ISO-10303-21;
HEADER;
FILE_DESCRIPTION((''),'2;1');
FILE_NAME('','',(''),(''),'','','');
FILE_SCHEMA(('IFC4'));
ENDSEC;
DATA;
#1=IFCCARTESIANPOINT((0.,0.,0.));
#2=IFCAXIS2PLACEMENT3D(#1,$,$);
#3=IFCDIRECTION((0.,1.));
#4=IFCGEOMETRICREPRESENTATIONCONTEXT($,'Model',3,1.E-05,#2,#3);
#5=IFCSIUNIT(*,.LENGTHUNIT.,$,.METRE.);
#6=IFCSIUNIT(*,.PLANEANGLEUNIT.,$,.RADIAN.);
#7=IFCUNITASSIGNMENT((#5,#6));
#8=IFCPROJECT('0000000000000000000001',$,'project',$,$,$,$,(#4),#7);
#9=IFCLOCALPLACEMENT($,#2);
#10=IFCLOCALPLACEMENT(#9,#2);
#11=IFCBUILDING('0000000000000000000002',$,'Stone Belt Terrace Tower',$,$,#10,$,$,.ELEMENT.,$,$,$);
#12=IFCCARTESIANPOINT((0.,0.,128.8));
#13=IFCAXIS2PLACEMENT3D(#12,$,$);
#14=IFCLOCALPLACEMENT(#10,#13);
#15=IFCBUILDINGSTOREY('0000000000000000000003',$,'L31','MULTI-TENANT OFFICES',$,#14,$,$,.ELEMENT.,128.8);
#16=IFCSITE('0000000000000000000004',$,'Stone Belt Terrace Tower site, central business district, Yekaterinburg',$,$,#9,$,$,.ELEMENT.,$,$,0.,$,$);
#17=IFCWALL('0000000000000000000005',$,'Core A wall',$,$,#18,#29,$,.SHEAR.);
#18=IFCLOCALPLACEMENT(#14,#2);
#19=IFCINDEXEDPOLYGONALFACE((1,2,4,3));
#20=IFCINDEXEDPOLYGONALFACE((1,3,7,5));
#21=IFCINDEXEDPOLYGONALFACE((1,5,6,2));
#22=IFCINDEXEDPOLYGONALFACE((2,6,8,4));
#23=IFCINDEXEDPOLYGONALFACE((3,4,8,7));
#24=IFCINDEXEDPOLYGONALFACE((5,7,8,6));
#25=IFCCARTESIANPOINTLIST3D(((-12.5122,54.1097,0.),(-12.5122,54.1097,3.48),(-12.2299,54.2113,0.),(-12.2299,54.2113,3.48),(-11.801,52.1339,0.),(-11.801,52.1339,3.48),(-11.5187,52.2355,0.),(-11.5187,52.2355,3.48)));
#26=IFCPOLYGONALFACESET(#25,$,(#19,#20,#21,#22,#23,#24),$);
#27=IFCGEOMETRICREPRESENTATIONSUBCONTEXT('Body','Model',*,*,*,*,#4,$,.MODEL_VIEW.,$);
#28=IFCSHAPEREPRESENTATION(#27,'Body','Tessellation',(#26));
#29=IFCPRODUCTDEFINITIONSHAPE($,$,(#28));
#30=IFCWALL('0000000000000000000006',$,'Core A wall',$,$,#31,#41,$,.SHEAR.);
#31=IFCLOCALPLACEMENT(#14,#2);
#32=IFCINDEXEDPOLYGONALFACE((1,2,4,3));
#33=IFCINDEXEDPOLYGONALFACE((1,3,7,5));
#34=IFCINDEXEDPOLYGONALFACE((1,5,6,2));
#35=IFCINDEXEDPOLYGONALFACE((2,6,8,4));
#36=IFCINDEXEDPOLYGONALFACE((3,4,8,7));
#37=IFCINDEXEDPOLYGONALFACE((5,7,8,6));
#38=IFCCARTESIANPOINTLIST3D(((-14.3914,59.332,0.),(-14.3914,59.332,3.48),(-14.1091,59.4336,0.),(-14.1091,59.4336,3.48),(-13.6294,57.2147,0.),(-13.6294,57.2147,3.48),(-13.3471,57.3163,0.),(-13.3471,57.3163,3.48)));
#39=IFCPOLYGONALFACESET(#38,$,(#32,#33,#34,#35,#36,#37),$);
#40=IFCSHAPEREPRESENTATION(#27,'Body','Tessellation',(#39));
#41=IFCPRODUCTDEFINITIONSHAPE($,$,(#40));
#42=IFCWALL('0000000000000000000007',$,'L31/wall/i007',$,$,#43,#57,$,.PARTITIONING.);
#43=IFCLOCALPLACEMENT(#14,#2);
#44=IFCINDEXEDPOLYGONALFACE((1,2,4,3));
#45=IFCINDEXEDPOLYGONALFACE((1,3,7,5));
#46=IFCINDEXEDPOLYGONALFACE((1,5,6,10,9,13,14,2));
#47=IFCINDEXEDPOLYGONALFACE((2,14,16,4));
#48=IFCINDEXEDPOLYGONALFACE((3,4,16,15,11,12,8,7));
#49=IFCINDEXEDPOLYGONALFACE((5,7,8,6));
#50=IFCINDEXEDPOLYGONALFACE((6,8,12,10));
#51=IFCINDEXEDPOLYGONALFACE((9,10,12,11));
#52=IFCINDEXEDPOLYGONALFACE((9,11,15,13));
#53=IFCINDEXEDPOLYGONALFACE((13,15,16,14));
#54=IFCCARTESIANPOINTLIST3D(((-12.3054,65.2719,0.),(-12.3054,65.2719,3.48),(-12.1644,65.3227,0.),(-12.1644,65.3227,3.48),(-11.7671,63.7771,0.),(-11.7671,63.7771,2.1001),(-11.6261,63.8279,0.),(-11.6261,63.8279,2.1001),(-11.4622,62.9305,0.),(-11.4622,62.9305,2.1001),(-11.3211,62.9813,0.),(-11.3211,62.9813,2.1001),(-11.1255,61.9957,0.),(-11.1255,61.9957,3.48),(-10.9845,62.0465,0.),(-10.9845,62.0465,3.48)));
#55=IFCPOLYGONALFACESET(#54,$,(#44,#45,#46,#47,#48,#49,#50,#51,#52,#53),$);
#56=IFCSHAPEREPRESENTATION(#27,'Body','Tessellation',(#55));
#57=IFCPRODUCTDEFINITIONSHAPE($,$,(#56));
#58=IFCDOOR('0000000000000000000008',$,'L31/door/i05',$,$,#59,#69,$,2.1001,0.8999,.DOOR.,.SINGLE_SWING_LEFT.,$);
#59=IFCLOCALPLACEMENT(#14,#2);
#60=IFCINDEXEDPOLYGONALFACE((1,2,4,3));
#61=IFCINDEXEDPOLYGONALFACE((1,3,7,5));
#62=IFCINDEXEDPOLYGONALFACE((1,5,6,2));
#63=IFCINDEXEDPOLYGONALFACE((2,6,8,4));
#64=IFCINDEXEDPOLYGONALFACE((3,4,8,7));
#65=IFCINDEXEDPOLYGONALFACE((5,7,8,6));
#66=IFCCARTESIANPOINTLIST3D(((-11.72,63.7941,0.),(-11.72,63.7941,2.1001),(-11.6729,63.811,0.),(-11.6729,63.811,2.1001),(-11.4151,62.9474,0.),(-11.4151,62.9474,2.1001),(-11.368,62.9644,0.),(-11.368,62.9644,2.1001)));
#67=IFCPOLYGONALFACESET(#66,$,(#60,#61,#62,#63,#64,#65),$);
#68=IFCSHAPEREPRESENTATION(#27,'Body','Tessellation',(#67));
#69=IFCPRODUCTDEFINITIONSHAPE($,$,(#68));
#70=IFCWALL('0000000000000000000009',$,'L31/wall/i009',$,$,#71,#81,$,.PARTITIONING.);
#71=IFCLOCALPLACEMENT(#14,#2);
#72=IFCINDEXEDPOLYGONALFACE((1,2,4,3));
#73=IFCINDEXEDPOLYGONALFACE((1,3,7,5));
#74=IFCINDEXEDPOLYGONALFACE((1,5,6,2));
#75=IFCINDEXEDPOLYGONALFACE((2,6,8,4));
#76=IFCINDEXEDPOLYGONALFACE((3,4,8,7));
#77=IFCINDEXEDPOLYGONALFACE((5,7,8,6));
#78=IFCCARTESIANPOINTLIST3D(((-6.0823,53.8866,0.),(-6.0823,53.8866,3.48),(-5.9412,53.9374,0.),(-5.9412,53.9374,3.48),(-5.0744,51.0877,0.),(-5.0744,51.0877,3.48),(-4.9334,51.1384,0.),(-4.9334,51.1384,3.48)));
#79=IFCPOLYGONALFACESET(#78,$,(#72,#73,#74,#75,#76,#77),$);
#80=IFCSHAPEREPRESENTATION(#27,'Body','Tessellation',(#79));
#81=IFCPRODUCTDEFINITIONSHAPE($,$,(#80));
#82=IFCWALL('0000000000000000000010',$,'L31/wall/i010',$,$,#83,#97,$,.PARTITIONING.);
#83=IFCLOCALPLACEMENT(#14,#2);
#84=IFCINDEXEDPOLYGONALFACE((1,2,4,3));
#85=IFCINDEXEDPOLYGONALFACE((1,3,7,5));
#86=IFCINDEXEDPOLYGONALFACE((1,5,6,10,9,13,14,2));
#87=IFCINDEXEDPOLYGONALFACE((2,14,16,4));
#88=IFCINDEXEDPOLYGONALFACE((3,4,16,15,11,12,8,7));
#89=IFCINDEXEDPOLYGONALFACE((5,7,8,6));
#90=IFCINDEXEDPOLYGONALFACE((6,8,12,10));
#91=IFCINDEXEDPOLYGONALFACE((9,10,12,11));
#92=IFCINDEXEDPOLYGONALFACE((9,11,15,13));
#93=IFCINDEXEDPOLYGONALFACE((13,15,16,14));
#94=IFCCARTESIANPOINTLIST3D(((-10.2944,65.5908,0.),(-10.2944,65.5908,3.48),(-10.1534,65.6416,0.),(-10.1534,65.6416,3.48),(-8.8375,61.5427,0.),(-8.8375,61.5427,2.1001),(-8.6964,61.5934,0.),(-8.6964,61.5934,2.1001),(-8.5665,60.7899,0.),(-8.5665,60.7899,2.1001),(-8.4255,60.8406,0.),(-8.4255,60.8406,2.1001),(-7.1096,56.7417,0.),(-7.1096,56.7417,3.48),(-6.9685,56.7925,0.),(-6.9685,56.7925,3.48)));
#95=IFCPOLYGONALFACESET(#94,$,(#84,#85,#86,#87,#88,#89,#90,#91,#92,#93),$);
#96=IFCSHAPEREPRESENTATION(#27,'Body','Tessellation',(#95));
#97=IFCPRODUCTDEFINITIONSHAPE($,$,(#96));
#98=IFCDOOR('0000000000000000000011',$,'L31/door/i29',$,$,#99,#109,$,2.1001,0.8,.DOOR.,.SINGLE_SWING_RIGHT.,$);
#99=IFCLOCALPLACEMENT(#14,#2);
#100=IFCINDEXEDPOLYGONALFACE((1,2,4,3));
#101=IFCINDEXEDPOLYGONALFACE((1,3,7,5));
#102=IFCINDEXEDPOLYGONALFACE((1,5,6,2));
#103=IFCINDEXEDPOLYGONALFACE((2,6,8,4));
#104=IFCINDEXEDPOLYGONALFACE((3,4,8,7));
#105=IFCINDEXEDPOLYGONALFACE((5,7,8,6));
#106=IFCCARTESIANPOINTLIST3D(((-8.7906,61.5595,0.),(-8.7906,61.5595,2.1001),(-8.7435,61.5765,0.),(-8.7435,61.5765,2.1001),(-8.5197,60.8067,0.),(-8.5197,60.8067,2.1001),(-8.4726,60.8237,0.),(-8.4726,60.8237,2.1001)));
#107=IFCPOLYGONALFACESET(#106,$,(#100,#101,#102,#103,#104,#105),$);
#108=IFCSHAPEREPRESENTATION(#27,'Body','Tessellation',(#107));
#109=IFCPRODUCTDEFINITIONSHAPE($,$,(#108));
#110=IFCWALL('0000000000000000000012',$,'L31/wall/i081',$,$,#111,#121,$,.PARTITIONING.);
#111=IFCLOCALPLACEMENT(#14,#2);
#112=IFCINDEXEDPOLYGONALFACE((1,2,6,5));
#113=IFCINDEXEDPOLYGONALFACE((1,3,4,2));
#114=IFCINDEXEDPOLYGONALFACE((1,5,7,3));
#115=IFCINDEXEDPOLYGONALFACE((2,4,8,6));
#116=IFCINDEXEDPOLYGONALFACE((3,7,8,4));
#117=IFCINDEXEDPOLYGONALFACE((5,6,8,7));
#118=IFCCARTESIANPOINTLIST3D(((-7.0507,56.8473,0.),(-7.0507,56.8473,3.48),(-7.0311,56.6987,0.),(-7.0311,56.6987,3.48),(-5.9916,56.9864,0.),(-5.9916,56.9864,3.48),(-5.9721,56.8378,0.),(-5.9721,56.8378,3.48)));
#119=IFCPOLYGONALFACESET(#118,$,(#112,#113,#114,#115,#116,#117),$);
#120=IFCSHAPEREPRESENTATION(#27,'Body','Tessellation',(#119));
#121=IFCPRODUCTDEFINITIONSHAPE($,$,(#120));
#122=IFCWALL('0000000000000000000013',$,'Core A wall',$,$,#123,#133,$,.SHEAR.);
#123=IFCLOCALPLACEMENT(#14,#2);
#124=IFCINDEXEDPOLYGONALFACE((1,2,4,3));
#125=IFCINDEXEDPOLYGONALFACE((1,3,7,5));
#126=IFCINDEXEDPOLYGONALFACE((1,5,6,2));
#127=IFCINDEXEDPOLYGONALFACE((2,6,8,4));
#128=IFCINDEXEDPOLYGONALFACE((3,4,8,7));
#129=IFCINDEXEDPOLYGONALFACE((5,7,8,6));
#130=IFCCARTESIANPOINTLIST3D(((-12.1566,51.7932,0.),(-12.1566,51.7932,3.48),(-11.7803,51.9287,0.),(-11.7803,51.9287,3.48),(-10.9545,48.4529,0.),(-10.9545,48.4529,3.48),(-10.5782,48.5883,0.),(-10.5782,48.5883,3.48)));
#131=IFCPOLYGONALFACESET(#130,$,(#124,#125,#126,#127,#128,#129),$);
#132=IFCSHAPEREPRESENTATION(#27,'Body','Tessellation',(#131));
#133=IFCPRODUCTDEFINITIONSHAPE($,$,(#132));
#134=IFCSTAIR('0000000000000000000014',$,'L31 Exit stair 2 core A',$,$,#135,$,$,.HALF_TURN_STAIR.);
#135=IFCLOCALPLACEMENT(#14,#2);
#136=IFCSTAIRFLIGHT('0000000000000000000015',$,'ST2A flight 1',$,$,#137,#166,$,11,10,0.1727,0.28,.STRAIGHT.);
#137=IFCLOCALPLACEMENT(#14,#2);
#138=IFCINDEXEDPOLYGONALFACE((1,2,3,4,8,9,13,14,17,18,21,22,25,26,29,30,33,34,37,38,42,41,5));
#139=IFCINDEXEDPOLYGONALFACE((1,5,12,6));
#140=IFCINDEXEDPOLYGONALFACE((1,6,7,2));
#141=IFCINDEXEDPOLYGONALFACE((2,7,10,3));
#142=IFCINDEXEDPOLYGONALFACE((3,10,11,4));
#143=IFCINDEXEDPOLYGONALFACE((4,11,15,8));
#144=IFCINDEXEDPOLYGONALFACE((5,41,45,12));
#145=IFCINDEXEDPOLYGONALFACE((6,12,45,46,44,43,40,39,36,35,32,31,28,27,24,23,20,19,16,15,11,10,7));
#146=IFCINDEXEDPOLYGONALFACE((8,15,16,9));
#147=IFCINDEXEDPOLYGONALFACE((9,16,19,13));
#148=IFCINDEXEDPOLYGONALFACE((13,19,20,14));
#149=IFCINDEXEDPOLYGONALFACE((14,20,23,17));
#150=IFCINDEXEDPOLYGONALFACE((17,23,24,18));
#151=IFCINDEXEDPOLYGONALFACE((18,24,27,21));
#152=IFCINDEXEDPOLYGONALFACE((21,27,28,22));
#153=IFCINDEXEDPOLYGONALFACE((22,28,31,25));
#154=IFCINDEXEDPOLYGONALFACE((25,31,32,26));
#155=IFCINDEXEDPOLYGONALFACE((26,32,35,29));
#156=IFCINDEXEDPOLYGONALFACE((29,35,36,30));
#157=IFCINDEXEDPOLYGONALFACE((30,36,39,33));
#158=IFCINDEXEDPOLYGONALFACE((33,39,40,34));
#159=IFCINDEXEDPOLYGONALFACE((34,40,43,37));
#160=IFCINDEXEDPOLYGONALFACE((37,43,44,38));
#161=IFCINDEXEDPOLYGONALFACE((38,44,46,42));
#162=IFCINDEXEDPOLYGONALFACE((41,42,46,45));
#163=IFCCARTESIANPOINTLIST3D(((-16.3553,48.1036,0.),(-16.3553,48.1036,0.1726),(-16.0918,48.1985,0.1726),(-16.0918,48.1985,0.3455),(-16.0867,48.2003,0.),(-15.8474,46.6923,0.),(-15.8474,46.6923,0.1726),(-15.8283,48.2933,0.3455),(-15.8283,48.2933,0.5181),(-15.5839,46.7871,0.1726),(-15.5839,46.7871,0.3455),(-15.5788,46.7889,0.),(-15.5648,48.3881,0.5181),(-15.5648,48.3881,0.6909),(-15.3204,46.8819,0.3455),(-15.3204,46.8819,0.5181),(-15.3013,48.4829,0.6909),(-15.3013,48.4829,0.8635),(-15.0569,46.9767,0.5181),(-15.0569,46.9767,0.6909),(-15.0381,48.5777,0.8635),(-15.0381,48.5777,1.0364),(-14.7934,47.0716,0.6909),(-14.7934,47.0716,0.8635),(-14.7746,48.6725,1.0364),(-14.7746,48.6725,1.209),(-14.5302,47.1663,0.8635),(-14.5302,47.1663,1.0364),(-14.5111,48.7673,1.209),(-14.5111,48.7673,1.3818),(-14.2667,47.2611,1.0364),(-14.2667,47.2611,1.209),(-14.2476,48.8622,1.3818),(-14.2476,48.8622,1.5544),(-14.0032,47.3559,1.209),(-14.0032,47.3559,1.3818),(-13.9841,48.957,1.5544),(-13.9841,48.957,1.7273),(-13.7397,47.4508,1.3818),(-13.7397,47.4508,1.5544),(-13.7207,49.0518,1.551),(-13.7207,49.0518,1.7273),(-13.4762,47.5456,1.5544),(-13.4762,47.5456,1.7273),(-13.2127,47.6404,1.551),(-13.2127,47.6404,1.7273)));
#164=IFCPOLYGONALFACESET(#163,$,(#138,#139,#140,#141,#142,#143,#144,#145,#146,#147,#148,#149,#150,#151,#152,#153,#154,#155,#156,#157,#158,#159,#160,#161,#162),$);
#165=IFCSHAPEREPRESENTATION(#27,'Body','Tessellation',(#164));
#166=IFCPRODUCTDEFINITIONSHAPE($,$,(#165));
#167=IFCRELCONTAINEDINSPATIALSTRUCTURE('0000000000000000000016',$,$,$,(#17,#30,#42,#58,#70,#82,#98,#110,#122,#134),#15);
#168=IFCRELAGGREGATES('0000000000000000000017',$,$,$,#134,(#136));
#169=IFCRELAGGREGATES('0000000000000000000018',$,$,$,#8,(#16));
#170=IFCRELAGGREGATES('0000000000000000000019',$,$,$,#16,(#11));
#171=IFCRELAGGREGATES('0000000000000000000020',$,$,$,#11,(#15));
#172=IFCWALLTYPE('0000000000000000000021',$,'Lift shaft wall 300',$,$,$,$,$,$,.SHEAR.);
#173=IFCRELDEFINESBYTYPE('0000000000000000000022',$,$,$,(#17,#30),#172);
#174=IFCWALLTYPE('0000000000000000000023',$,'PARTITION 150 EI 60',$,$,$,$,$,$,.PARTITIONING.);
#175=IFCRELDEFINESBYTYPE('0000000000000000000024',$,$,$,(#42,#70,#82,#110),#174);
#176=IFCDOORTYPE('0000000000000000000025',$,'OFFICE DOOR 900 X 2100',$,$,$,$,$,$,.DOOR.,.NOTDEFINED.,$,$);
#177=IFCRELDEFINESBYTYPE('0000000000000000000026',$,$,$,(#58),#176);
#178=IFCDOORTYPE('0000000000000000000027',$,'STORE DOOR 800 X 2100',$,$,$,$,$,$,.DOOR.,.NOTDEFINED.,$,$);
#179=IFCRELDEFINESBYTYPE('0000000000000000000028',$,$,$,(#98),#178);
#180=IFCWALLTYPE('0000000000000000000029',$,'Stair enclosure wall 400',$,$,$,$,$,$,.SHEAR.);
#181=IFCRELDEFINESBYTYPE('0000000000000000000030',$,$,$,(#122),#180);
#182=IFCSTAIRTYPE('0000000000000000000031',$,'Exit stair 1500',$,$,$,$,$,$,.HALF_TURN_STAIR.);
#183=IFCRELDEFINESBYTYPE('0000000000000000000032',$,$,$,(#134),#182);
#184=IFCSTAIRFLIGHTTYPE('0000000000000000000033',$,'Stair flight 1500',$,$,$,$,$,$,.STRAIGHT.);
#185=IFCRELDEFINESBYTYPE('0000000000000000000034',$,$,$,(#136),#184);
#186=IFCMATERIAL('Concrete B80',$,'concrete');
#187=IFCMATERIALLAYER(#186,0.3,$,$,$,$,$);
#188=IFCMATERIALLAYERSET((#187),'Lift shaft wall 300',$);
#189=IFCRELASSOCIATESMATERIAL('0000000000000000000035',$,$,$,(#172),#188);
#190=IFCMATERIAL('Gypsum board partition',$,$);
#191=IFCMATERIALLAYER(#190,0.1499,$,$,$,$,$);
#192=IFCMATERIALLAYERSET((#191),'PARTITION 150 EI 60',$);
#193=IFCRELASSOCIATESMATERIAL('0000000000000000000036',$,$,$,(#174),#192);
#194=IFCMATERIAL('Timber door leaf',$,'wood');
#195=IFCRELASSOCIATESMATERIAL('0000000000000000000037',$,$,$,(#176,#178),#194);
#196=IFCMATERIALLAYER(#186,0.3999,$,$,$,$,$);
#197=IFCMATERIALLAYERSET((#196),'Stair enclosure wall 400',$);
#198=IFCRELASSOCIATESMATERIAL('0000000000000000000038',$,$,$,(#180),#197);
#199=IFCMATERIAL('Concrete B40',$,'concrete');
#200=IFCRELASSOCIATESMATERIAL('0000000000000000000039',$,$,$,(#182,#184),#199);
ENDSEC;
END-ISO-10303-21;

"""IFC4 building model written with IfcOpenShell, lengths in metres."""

from ifc_helpers import new_model, si_unit, direction, frame, frame_2d, origin, place, context, subcontext, project, spatial, polyline, rectangle, outline, extrude, material, layer, layer_set, type_object, element, fill, aggregate, save


model = new_model("IFC4")

# Units and contexts
model_context = context("Model", 3, precision=1e-05, world=origin(), true_north=direction((0.0, 1.0)))
body_context = subcontext(model_context, "Body", "Model", "MODEL_VIEW")
ifc_project = project(units=[si_unit("LENGTHUNIT", "METRE"), si_unit("PLANEANGLEUNIT", "RADIAN")], contexts=[model_context])

# Site, building, storey
site_placement = place(None, origin())
site = spatial("IfcSite", under=ifc_project, at=site_placement, Name="Stone Belt Terrace Tower site, central business district, Yekaterinburg", CompositionType="ELEMENT", RefElevation=0.0)
building_placement = place(site_placement, origin())
building = spatial("IfcBuilding", under=site, at=building_placement, Name="Stone Belt Terrace Tower", CompositionType="ELEMENT")
storey_placement = place(building_placement, frame((0.0, 0.0, 128.8)))
storey = spatial("IfcBuildingStorey", under=building, at=storey_placement, Name="L31", Description="MULTI-TENANT OFFICES", CompositionType="ELEMENT", Elevation=128.8)

# Shared definitions
ifc_material_1 = material(Name="Concrete B80", Category="concrete")

# Shared definitions
ifc_material_2 = material(Name="Timber door leaf", Category="wood")

# Walls
ifc_layer_1 = layer(ifc_material_1, 0.3)
ifc_layer_set_1 = layer_set([ifc_layer_1], Name="Lift shaft wall 300")
wall_type_1 = type_object("IfcWallType", Name="Lift shaft wall 300", PredefinedType="SHEAR", material=ifc_layer_set_1)
wall_1_placement = place(storey_placement, frame((-11.6599, 52.1848, 0.0), z_axis=(0.0, 0.0, 1.0), x_axis=(-0.33867, 0.940905, 0.0)))
element("IfcWall", 1, at=wall_1_placement, inside=storey, type_object=wall_type_1, Name="Core A wall", PredefinedType="SHEAR", context=body_context, shape_type="SweptSolid", body=[
    extrude(rectangle(XDim=2.0999, YDim=0.3, at=frame_2d((1.0498, 0.0))), origin(), (0.0, 0.0, 1.0), 3.48),
])
wall_2_placement = place(storey_placement, frame((-13.4883, 57.2656, 0.0), z_axis=(0.0, 0.0, 1.0), x_axis=(-0.338631, 0.940919, 0.0)))
element("IfcWall", 2, at=wall_2_placement, inside=storey, type_object=wall_type_1, Name="Core A wall", PredefinedType="SHEAR", context=body_context, shape_type="SweptSolid", body=[
    extrude(rectangle(XDim=2.2502, YDim=0.3, at=frame_2d((1.125, 0.0))), origin(), (0.0, 0.0, 1.0), 3.48),
])

# Wall, opening, door
ifc_material_3 = material(Name="Gypsum board partition")
ifc_layer_2 = layer(ifc_material_3, 0.1499)
ifc_layer_set_2 = layer_set([ifc_layer_2], Name="PARTITION 150 EI 60")
wall_type_2 = type_object("IfcWallType", Name="PARTITION 150 EI 60", PredefinedType="PARTITIONING", material=ifc_layer_set_2)
wall_3_placement = place(storey_placement, frame((-11.0549, 62.021, 0.0), z_axis=(0.0, 0.0, 1.0), x_axis=(-0.338854, 0.940839, 0.0)))
wall_3 = element("IfcWall", 3, at=wall_3_placement, inside=storey, type_object=wall_type_2, Name="L31/wall/i007", PredefinedType="PARTITIONING", context=body_context, shape_type="SweptSolid", body=[
    extrude(rectangle(XDim=3.4822, YDim=0.1499, at=frame_2d((1.7412, 0.0))), origin(), (0.0, 0.0, 1.0), 3.48),
])
opening_1_placement = place(wall_3_placement, frame((0.9937, 0.0, 0.0)))
opening_1 = element("IfcOpeningElement", 4, at=opening_1_placement, cuts=wall_3, PredefinedType="OPENING", context=body_context, shape_type="SweptSolid", body=[
    extrude(rectangle(XDim=0.8999, YDim=2.1001, at=frame_2d((0.45, 1.05))), frame((0.0, 0.085, 0.0), z_axis=(0.0, -1.0, 0.0), x_axis=(1.0, 0.0, 0.0)), (0.0, 0.0, 1.0), 0.1699),
])
door_type_1 = type_object("IfcDoorType", Name="OFFICE DOOR 900 X 2100", OperationType="NOTDEFINED", PredefinedType="DOOR", material=ifc_material_2)
door_1_placement = place(opening_1_placement, origin())
door_1 = element("IfcDoor", 5, at=door_1_placement, inside=storey, type_object=door_type_1, Name="L31/door/i05", OperationType="SINGLE_SWING_LEFT", OverallHeight=2.1001, OverallWidth=0.8999, PredefinedType="DOOR", context=body_context, shape_type="SweptSolid", body=[
    extrude(rectangle(XDim=0.8999, YDim=2.1001, at=frame_2d((0.45, 1.05))), frame((0.0, 0.0249, 0.0), z_axis=(0.0, -1.0, 0.0), x_axis=(1.0, 0.0, 0.0)), (0.0, 0.0, 1.0), 0.05),
])
fill(opening_1, door_1)

# Wall
wall_4_placement = place(storey_placement, frame((-6.0117, 53.9119, 0.0), z_axis=(0.0, 0.0, 1.0), x_axis=(0.338789, -0.940862, 0.0)))
element("IfcWall", 6, at=wall_4_placement, inside=storey, type_object=wall_type_2, Name="L31/wall/i009", PredefinedType="PARTITIONING", context=body_context, shape_type="SweptSolid", body=[
    extrude(rectangle(XDim=2.9749, YDim=0.1499, at=frame_2d((1.4873, 0.0))), origin(), (0.0, 0.0, 1.0), 3.48),
])

# Wall, opening, door
wall_5_placement = place(storey_placement, frame((-10.2239, 65.6162, 0.0), z_axis=(0.0, 0.0, 1.0), x_axis=(0.338638, -0.940917, 0.0)))
wall_5 = element("IfcWall", 7, at=wall_5_placement, inside=storey, type_object=wall_type_2, Name="L31/wall/i010", PredefinedType="PARTITIONING", context=body_context, shape_type="SweptSolid", body=[
    extrude(rectangle(XDim=9.4048, YDim=0.1499, at=frame_2d((4.7024, 0.0))), origin(), (0.0, 0.0, 1.0), 3.48),
])
opening_2_placement = place(wall_5_placement, frame((4.3025, 0.0, 0.0)))
opening_2 = element("IfcOpeningElement", 8, at=opening_2_placement, cuts=wall_5, PredefinedType="OPENING", context=body_context, shape_type="SweptSolid", body=[
    extrude(rectangle(XDim=0.8, YDim=2.1001, at=frame_2d((0.3999, 1.05))), frame((0.0, 0.085, 0.0), z_axis=(0.0, -1.0, 0.0), x_axis=(1.0, 0.0, 0.0)), (0.0, 0.0, 1.0), 0.1699),
])
door_type_2 = type_object("IfcDoorType", Name="STORE DOOR 800 X 2100", OperationType="NOTDEFINED", PredefinedType="DOOR", material=ifc_material_2)
door_2_placement = place(opening_2_placement, origin())
door_2 = element("IfcDoor", 9, at=door_2_placement, inside=storey, type_object=door_type_2, Name="L31/door/i29", OperationType="SINGLE_SWING_RIGHT", OverallHeight=2.1001, OverallWidth=0.8, PredefinedType="DOOR", context=body_context, shape_type="SweptSolid", body=[
    extrude(rectangle(XDim=0.8, YDim=2.1001, at=frame_2d((0.3999, 1.05))), frame((0.0, 0.0249, 0.0), z_axis=(0.0, -1.0, 0.0), x_axis=(1.0, 0.0, 0.0)), (0.0, 0.0, 1.0), 0.05),
])
fill(opening_2, door_2)

# Walls
wall_6_placement = place(storey_placement, frame((-7.041, 56.7729, 0.0), z_axis=(0.0, 0.0, 1.0), x_axis=(0.991478, 0.130277, 0.0)))
element("IfcWall", 10, at=wall_6_placement, inside=storey, type_object=wall_type_2, Name="L31/wall/i081", PredefinedType="PARTITIONING", context=body_context, shape_type="SweptSolid", body=[
    extrude(rectangle(XDim=1.0681, YDim=0.1499, at=frame_2d((0.5342, 0.0))), origin(), (0.0, 0.0, 1.0), 3.48),
])
ifc_layer_3 = layer(ifc_material_1, 0.3999)
ifc_layer_set_3 = layer_set([ifc_layer_3], Name="Stair enclosure wall 400")
wall_type_3 = type_object("IfcWallType", Name="Stair enclosure wall 400", PredefinedType="SHEAR", material=ifc_layer_set_3)
wall_7_placement = place(storey_placement, frame((-10.7664, 48.5208, 0.0), z_axis=(0.0, 0.0, 1.0), x_axis=(-0.338627, 0.940921, 0.0)))
element("IfcWall", 11, at=wall_7_placement, inside=storey, type_object=wall_type_3, Name="Core A wall", PredefinedType="SHEAR", context=body_context, shape_type="SweptSolid", body=[
    extrude(rectangle(XDim=3.55, YDim=0.3999, at=frame_2d((1.7749, 0.0))), origin(), (0.0, 0.0, 1.0), 3.48),
])

# Stair, stair flight
ifc_material_4 = material(Name="Concrete B40", Category="concrete")
stair_type = type_object("IfcStairType", Name="Exit stair 1500", PredefinedType="HALF_TURN_STAIR", material=ifc_material_4)
stair_placement = place(storey_placement, origin())
stair = element("IfcStair", 12, at=stair_placement, inside=storey, type_object=stair_type, Name="L31 Exit stair 2 core A", PredefinedType="HALF_TURN_STAIR")
stair_flight_type = type_object("IfcStairFlightType", Name="Stair flight 1500", PredefinedType="STRAIGHT", material=ifc_material_4)
stair_flight_1_placement = place(storey_placement, frame((-16.1013, 47.3979, 0.0), z_axis=(0.0, 0.0, 1.0), x_axis=(0.940922, 0.338624, 0.0)))
stair_flight_1 = element("IfcStairFlight", 13, at=stair_flight_1_placement, type_object=stair_flight_type, Name="ST2A flight 1", NumberOfRisers=11, NumberOfTreads=10, PredefinedType="STRAIGHT", RiserHeight=0.1727, TreadLength=0.28, context=body_context, shape_type="SweptSolid", body=[
    extrude(outline(polyline([(0.0, 0.0), (0.0, 0.1726), (0.28, 0.1726), (0.28, 0.3455), (0.5601, 0.3455), (0.5601, 0.5181), (0.8401, 0.5181), (0.8401, 0.6909), (1.1201, 0.6909), (1.1201, 0.8635), (1.3999, 0.8635), (1.3999, 1.0364), (1.6799, 1.0364), (1.6799, 1.209), (1.96, 1.209), (1.96, 1.3818), (2.24, 1.3818), (2.24, 1.5544), (2.52, 1.5544), (2.52, 1.7273), (2.8, 1.7273), (2.8, 1.8999), (2.8, 1.551), (0.2854, 0.0), (0.0, 0.0)])), frame((0.0, 0.75, 0.0), z_axis=(0.0, -1.0, 0.0), x_axis=(1.0, 0.0, 0.0)), (0.0, 0.0, 1.0), 1.5),
])
aggregate(stair, [stair_flight_1])

save(model, "model.ifc")
